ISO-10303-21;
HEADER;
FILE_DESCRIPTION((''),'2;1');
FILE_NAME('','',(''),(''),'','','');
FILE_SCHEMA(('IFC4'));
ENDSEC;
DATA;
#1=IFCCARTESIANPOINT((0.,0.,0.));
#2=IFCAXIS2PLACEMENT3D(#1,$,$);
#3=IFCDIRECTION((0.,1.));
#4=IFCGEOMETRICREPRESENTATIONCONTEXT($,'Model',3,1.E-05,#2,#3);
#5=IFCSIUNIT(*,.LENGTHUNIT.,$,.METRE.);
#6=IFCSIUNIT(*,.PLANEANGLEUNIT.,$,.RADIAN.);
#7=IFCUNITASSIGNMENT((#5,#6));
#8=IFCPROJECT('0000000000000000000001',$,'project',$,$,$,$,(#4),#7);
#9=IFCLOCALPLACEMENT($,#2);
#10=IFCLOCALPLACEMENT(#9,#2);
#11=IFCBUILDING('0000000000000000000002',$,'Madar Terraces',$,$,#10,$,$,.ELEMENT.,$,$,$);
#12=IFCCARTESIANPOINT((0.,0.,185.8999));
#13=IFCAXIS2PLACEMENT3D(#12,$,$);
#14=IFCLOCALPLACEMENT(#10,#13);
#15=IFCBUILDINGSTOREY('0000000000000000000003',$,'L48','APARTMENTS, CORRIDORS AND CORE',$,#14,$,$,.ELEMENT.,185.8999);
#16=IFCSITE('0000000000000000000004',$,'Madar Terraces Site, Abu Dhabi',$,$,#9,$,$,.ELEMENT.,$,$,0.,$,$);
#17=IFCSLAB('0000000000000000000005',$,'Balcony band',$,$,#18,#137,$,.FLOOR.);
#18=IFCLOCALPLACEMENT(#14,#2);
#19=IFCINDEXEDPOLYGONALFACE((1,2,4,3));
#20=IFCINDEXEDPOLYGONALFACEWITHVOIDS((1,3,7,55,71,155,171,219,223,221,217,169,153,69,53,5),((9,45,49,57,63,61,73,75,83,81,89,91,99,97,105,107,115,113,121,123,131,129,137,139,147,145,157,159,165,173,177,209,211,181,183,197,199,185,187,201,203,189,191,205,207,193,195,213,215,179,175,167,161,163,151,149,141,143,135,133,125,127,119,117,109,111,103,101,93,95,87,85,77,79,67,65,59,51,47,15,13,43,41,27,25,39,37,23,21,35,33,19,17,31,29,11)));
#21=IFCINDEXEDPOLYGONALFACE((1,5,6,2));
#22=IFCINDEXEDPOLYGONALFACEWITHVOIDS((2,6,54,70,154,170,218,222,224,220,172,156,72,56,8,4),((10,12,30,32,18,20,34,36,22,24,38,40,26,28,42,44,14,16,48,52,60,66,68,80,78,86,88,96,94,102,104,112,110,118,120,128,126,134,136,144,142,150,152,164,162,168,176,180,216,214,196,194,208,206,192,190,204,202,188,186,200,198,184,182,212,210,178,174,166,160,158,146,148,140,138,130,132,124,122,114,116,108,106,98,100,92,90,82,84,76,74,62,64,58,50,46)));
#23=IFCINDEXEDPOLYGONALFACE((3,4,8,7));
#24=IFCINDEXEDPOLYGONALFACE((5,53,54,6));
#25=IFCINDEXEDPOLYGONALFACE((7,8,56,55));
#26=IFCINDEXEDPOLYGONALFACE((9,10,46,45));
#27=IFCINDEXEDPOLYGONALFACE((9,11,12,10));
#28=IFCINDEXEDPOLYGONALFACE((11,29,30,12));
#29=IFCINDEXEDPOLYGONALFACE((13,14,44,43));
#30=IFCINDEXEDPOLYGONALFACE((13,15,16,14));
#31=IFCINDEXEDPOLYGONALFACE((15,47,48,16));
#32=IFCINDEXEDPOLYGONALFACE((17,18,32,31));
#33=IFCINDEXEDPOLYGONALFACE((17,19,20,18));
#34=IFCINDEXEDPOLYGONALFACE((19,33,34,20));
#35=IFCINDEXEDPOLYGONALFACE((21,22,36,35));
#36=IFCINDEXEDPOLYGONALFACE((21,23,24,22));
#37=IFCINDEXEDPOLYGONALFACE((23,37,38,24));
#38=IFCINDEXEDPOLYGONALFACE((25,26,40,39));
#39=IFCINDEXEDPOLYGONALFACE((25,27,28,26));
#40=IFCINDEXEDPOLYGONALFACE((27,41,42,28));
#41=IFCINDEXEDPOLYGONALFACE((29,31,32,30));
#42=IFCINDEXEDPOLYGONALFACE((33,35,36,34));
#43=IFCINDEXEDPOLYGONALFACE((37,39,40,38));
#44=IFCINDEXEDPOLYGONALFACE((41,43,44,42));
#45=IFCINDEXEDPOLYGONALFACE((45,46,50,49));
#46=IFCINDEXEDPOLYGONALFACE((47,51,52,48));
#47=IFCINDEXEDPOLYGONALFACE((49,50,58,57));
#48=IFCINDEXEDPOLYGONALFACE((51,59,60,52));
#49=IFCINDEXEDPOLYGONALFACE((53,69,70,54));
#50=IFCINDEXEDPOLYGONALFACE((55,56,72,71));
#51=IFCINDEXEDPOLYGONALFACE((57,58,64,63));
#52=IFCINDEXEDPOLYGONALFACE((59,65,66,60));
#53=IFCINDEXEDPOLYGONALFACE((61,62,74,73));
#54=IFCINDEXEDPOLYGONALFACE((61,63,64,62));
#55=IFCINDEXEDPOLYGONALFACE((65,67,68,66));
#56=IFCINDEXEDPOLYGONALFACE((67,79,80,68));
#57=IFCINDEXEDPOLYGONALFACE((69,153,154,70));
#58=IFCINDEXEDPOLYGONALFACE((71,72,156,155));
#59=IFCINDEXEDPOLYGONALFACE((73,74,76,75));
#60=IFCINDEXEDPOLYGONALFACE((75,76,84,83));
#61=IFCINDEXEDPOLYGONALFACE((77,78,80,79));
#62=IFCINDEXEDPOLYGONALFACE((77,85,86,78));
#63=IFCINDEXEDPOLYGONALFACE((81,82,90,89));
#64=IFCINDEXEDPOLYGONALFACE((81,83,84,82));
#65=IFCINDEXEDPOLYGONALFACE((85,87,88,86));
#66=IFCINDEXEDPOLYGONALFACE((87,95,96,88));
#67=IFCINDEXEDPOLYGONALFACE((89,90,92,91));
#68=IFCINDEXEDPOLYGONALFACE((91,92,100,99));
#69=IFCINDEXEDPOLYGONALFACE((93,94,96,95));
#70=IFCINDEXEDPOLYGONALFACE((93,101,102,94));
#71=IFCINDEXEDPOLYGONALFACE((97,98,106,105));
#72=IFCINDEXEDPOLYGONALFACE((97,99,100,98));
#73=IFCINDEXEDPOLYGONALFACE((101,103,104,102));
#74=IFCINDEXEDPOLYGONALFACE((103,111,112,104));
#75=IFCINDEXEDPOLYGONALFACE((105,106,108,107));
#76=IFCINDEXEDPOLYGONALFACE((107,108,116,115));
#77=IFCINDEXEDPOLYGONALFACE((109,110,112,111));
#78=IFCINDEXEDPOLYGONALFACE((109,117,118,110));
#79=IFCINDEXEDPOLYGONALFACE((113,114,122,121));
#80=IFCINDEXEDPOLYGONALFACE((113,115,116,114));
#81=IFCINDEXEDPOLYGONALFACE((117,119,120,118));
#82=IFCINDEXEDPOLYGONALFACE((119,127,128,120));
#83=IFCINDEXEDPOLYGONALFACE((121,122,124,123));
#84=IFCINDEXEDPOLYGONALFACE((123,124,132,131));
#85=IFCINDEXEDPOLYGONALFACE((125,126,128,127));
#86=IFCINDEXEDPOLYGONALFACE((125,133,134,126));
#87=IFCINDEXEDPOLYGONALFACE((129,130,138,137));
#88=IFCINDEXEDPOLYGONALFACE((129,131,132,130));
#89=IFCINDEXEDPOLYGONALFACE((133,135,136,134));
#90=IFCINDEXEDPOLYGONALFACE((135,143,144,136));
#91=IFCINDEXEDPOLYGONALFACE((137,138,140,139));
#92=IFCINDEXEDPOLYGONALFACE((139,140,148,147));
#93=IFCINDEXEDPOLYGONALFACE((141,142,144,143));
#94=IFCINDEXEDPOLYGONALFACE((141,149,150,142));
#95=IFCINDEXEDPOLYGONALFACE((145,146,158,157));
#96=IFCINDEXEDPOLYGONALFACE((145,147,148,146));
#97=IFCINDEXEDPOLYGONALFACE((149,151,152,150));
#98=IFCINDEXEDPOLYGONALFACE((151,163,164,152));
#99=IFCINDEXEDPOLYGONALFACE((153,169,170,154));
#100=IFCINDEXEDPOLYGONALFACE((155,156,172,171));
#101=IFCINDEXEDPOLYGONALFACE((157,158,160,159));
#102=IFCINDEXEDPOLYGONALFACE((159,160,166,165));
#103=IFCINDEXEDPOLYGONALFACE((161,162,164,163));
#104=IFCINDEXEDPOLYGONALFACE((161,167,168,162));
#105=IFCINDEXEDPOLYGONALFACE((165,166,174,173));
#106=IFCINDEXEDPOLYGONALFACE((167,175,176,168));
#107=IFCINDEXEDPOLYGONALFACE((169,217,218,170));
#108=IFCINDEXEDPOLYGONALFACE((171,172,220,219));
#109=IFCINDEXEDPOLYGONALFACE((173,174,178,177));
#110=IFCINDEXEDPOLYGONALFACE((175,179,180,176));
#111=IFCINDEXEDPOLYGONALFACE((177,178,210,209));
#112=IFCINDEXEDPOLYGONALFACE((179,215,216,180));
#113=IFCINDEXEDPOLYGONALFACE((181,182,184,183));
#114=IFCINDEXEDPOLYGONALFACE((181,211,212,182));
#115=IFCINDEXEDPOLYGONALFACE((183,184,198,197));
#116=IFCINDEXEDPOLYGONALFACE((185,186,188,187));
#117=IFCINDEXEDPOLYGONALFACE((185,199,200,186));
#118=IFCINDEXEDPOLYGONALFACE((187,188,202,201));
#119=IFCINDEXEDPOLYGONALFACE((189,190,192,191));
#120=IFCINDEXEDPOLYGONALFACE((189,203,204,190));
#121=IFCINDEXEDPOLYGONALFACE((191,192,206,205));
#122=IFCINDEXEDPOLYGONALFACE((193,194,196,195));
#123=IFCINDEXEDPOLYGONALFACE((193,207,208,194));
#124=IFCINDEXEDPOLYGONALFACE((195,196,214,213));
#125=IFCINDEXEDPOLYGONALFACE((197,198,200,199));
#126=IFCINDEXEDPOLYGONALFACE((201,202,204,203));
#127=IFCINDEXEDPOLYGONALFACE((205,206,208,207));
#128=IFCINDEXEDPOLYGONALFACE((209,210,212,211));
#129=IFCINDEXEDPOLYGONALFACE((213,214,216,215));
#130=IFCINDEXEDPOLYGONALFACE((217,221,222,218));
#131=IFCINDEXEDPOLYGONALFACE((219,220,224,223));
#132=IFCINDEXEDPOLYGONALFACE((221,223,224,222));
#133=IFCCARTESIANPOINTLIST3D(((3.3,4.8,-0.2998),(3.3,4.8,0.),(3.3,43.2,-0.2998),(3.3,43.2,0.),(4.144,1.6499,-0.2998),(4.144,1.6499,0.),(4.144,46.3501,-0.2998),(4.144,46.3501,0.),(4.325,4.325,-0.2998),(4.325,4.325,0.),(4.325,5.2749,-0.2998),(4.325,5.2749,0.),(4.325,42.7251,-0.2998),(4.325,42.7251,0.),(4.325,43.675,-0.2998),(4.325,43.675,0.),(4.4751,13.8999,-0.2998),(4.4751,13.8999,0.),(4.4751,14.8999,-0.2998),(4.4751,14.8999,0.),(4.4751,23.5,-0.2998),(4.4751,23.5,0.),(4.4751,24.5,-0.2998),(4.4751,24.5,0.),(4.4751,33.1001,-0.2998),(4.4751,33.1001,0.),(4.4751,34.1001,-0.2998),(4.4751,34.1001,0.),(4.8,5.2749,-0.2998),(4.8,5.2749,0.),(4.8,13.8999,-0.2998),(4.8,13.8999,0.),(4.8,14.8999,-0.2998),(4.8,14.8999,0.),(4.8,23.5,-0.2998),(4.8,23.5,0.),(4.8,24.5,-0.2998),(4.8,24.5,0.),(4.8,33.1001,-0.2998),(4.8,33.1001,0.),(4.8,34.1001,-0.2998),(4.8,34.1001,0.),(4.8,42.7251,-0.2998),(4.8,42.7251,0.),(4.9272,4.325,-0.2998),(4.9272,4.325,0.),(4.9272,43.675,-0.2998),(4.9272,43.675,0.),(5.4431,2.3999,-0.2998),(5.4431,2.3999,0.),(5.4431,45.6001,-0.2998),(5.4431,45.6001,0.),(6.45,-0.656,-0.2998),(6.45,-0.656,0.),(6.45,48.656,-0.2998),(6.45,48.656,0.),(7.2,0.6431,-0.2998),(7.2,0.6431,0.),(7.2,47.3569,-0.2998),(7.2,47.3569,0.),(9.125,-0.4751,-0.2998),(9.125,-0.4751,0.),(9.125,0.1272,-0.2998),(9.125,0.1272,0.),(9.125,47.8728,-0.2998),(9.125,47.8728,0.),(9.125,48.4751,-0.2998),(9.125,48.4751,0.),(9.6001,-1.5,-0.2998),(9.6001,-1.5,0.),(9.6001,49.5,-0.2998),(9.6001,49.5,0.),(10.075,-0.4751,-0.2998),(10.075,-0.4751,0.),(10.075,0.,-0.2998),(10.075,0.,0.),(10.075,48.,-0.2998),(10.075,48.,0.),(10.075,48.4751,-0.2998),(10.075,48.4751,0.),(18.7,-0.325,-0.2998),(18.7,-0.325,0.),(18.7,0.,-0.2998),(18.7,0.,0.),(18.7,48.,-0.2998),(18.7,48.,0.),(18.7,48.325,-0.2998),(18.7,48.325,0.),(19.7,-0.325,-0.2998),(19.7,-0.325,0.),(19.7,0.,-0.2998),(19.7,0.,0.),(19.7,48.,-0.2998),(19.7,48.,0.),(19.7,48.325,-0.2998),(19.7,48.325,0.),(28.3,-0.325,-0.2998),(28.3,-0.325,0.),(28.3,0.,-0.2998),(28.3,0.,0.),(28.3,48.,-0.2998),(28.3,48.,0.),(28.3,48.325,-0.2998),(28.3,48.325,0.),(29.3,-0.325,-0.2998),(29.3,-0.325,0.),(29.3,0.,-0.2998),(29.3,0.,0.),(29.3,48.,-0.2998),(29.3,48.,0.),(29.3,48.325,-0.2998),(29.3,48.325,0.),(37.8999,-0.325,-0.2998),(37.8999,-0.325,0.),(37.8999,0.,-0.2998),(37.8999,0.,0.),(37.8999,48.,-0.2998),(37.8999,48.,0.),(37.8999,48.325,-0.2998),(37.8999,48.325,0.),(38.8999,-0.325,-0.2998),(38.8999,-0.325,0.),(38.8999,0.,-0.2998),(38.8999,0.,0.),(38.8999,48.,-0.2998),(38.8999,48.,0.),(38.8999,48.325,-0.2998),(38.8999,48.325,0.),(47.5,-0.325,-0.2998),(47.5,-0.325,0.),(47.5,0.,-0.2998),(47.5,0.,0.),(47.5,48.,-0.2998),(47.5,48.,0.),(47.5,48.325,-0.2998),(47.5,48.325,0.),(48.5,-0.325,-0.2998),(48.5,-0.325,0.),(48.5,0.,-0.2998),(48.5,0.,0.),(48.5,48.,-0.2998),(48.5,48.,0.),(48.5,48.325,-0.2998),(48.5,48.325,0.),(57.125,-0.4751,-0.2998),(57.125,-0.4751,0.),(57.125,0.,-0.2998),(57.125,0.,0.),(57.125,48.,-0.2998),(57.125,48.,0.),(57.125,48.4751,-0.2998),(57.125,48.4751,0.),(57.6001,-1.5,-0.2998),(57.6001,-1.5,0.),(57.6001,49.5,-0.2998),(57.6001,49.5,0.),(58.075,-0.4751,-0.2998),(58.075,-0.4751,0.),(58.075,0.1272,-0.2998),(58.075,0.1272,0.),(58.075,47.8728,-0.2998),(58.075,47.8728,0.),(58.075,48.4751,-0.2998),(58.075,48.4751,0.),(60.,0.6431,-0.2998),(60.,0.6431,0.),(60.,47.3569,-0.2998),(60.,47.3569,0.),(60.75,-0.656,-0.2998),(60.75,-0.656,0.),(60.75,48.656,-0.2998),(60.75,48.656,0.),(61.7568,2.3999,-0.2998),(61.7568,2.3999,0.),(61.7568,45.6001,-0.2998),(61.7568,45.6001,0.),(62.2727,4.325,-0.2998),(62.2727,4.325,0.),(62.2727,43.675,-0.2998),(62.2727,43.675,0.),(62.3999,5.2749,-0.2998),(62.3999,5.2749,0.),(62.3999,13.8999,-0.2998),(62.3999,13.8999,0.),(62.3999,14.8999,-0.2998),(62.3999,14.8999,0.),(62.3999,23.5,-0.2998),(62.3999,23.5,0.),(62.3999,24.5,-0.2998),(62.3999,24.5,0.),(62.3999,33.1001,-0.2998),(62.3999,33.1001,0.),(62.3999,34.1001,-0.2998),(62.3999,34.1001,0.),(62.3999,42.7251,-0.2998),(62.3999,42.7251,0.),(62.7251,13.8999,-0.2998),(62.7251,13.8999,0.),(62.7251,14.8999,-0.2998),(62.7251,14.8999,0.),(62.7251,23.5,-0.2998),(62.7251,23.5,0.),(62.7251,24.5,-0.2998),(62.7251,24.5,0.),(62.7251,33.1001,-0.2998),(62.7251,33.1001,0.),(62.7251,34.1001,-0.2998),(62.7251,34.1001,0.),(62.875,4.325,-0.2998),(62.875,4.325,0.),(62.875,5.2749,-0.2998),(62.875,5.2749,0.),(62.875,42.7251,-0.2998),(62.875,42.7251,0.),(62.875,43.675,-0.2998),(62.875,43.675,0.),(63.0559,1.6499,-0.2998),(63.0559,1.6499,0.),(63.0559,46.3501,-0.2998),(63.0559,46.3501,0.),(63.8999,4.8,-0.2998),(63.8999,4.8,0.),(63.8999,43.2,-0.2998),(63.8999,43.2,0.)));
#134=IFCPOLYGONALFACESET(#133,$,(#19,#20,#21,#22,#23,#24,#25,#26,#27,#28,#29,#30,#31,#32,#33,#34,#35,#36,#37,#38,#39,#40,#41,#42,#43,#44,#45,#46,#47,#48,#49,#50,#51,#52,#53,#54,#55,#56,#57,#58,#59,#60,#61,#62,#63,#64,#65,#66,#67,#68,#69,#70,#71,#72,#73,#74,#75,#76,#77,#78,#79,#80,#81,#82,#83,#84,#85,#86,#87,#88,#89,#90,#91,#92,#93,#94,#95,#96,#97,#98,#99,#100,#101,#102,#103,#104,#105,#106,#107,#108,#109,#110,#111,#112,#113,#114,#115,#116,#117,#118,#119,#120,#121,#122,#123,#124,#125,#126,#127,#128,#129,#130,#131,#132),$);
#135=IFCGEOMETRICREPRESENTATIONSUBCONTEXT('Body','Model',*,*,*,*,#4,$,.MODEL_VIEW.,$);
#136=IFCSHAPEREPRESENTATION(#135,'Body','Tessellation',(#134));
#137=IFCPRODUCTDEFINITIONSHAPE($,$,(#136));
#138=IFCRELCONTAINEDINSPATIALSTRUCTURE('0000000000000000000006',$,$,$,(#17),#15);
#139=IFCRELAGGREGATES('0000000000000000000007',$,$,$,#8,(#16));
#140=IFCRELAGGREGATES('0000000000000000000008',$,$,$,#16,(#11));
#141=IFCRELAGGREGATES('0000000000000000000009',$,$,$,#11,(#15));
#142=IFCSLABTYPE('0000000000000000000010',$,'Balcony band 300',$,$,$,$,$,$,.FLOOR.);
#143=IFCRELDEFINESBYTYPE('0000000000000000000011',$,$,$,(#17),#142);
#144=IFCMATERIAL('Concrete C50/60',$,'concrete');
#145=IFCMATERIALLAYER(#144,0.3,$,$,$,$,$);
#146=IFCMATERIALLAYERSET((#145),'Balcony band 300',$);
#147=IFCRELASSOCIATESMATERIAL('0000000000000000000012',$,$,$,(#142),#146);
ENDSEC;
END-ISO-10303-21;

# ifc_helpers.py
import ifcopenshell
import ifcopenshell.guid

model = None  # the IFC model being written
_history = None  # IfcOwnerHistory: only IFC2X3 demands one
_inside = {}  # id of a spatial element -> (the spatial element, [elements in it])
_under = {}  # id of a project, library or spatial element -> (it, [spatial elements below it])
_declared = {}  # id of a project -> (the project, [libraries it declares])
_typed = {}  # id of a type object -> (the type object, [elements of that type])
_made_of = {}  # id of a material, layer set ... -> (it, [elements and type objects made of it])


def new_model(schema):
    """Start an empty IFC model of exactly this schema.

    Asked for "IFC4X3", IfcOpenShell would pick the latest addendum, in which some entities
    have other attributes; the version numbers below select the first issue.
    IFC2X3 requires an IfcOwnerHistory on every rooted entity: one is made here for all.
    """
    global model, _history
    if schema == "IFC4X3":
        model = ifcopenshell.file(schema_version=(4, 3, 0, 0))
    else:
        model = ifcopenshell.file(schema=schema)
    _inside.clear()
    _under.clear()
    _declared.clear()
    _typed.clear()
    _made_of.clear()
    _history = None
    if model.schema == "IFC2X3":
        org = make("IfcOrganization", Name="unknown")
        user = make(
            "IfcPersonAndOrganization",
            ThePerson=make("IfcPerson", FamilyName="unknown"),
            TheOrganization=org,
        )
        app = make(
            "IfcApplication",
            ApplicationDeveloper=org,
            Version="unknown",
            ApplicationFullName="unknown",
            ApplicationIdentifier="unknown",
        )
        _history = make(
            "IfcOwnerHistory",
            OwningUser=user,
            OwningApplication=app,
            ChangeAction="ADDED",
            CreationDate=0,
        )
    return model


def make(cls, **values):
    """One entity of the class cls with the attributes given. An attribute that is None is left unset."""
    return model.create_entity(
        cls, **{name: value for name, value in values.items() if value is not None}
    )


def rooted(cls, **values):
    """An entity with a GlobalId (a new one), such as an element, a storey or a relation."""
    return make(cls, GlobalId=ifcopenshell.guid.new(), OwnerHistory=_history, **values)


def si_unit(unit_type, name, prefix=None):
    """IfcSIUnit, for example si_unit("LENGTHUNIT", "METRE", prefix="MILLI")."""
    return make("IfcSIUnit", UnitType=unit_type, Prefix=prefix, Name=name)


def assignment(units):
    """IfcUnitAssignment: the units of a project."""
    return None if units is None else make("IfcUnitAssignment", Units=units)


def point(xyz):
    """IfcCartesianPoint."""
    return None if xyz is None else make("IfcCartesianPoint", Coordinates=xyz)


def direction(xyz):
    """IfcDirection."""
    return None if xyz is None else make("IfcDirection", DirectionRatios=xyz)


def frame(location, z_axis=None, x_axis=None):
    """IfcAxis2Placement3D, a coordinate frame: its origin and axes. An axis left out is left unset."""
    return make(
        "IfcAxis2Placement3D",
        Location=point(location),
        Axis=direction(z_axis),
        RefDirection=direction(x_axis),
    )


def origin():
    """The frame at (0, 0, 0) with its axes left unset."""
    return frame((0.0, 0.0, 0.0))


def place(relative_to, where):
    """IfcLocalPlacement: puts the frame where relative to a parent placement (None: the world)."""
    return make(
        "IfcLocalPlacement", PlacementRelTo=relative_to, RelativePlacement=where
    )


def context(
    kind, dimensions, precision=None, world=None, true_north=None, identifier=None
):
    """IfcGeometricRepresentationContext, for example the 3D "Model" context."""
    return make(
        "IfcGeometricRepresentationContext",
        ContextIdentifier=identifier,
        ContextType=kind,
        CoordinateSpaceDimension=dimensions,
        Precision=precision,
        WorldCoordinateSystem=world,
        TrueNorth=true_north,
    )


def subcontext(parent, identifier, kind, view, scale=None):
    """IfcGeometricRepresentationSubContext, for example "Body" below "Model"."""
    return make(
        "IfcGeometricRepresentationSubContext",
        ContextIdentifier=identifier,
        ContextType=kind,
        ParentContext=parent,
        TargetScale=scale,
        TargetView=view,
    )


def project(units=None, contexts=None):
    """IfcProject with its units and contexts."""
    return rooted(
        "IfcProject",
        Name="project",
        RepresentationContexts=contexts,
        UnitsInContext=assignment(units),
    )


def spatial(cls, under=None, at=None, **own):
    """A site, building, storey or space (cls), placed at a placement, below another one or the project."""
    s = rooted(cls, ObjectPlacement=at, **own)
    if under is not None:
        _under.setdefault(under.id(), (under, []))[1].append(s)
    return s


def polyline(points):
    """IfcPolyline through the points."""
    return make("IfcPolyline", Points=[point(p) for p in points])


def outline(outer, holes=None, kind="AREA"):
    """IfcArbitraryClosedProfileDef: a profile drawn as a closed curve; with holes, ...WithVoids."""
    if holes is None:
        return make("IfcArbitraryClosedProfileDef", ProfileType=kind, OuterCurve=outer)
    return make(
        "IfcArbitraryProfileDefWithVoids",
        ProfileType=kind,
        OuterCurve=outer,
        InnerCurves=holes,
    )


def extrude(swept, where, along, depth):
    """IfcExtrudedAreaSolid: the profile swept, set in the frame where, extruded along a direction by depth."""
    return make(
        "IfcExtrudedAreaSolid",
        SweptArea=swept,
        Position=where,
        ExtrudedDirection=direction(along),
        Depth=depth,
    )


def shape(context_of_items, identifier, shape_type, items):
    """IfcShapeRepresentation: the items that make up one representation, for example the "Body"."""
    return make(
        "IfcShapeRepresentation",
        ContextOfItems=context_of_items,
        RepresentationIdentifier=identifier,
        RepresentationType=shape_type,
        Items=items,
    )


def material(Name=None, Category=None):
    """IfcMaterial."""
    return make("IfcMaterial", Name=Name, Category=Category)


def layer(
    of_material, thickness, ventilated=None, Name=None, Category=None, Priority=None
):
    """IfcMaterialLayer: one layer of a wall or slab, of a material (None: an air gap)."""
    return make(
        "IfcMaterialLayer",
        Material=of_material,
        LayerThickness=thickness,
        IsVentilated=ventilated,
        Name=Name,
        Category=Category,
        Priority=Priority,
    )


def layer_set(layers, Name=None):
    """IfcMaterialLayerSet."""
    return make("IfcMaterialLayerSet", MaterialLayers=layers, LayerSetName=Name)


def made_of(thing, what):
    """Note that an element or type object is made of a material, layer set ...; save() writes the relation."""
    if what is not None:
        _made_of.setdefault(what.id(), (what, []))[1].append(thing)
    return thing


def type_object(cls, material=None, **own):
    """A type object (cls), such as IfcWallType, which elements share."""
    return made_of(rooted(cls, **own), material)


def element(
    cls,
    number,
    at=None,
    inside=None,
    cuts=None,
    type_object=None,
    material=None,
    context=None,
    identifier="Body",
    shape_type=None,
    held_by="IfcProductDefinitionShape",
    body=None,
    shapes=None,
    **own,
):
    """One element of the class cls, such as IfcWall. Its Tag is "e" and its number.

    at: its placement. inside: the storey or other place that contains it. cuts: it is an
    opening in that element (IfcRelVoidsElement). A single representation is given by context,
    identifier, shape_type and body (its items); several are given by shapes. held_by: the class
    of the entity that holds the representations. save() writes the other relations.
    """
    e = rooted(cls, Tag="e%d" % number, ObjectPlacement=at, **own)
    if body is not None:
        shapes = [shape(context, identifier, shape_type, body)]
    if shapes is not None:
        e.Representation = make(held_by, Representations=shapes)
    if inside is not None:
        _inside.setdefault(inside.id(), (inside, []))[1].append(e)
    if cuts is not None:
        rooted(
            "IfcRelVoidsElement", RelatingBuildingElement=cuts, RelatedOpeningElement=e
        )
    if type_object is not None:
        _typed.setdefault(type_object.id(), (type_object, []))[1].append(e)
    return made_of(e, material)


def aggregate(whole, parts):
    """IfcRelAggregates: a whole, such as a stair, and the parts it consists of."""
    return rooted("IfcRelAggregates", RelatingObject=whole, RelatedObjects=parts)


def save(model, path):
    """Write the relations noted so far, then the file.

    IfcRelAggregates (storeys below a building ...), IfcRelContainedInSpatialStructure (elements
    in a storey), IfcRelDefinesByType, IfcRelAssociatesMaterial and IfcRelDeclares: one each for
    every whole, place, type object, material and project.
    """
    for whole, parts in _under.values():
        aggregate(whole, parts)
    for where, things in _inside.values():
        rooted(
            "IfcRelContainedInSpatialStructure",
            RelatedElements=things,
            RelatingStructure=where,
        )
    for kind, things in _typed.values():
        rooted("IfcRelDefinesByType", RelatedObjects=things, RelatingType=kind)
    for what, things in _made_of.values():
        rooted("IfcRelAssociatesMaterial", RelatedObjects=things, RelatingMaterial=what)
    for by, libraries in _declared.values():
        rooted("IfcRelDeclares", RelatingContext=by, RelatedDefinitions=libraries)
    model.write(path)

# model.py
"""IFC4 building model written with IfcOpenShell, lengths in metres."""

from ifc_helpers import new_model, si_unit, direction, frame, origin, place, context, subcontext, project, spatial, polyline, outline, extrude, material, layer, layer_set, type_object, element, save


model = new_model("IFC4")

# Units and contexts
model_context = context("Model", 3, precision=1e-05, world=origin(), true_north=direction((0.0, 1.0)))
body_context = subcontext(model_context, "Body", "Model", "MODEL_VIEW")
ifc_project = project(units=[si_unit("LENGTHUNIT", "METRE"), si_unit("PLANEANGLEUNIT", "RADIAN")], contexts=[model_context])

# Site, building, storey
site_placement = place(None, origin())
site = spatial("IfcSite", under=ifc_project, at=site_placement, Name="Madar Terraces Site, Abu Dhabi", CompositionType="ELEMENT", RefElevation=0.0)
building_placement = place(site_placement, origin())
building = spatial("IfcBuilding", under=site, at=building_placement, Name="Madar Terraces", CompositionType="ELEMENT")
storey_placement = place(building_placement, frame((0.0, 0.0, 185.8999)))
storey = spatial("IfcBuildingStorey", under=building, at=storey_placement, Name="L48", Description="APARTMENTS, CORRIDORS AND CORE", CompositionType="ELEMENT", Elevation=185.8999)

# Slab
ifc_material_1 = material(Name="Concrete C50/60", Category="concrete")
ifc_layer_1 = layer(ifc_material_1, 0.3)
ifc_layer_set_1 = layer_set([ifc_layer_1], Name="Balcony band 300")
slab_type_1 = type_object("IfcSlabType", Name="Balcony band 300", PredefinedType="FLOOR", material=ifc_layer_set_1)
slab_1_placement = place(storey_placement, frame((0.0, 0.0, -0.2998)))
element("IfcSlab", 1, at=slab_1_placement, inside=storey, type_object=slab_type_1, Name="Balcony band", PredefinedType="FLOOR", context=body_context, shape_type="SweptSolid", body=[
    extrude(outline(polyline([(9.6001, -1.5), (6.45, -0.656), (4.144, 1.6499), (3.3, 4.8), (3.3, 43.2), (4.144, 46.3501), (6.45, 48.656), (9.6001, 49.5), (57.6001, 49.5), (60.75, 48.656), (63.0559, 46.3501), (63.8999, 43.2), (63.8999, 4.8), (63.0559, 1.6499), (60.75, -0.656), (57.6001, -1.5), (9.6001, -1.5)]), holes=[polyline([(10.075, -0.4751), (10.075, 0.0), (18.7, 0.0), (18.7, -0.325), (19.7, -0.325), (19.7, 0.0), (28.3, 0.0), (28.3, -0.325), (29.3, -0.325), (29.3, 0.0), (37.8999, 0.0), (37.8999, -0.325), (38.8999, -0.325), (38.8999, 0.0), (47.5, 0.0), (47.5, -0.325), (48.5, -0.325), (48.5, 0.0), (57.125, 0.0), (57.125, -0.4751), (58.075, -0.4751), (58.075, 0.1272), (60.0, 0.6431), (61.7568, 2.3999), (62.2727, 4.325), (62.875, 4.325), (62.875, 5.2749), (62.3999, 5.2749), (62.3999, 13.8999), (62.7251, 13.8999), (62.7251, 14.8999), (62.3999, 14.8999), (62.3999, 23.5), (62.7251, 23.5), (62.7251, 24.5), (62.3999, 24.5), (62.3999, 33.1001), (62.7251, 33.1001), (62.7251, 34.1001), (62.3999, 34.1001), (62.3999, 42.7251), (62.875, 42.7251), (62.875, 43.675), (62.2727, 43.675), (61.7568, 45.6001), (60.0, 47.3569), (58.075, 47.8728), (58.075, 48.4751), (57.125, 48.4751), (57.125, 48.0), (48.5, 48.0), (48.5, 48.325), (47.5, 48.325), (47.5, 48.0), (38.8999, 48.0), (38.8999, 48.325), (37.8999, 48.325), (37.8999, 48.0), (29.3, 48.0), (29.3, 48.325), (28.3, 48.325), (28.3, 48.0), (19.7, 48.0), (19.7, 48.325), (18.7, 48.325), (18.7, 48.0), (10.075, 48.0), (10.075, 48.4751), (9.125, 48.4751), (9.125, 47.8728), (7.2, 47.3569), (5.4431, 45.6001), (4.9272, 43.675), (4.325, 43.675), (4.325, 42.7251), (4.8, 42.7251), (4.8, 34.1001), (4.4751, 34.1001), (4.4751, 33.1001), (4.8, 33.1001), (4.8, 24.5), (4.4751, 24.5), (4.4751, 23.5), (4.8, 23.5), (4.8, 14.8999), (4.4751, 14.8999), (4.4751, 13.8999), (4.8, 13.8999), (4.8, 5.2749), (4.325, 5.2749), (4.325, 4.325), (4.9272, 4.325), (5.4431, 2.3999), (7.2, 0.6431), (9.125, 0.1272), (9.125, -0.4751), (10.075, -0.4751)])]), origin(), (0.0, 0.0, 1.0), 0.2998),
])

save(model, "model.ifc")
